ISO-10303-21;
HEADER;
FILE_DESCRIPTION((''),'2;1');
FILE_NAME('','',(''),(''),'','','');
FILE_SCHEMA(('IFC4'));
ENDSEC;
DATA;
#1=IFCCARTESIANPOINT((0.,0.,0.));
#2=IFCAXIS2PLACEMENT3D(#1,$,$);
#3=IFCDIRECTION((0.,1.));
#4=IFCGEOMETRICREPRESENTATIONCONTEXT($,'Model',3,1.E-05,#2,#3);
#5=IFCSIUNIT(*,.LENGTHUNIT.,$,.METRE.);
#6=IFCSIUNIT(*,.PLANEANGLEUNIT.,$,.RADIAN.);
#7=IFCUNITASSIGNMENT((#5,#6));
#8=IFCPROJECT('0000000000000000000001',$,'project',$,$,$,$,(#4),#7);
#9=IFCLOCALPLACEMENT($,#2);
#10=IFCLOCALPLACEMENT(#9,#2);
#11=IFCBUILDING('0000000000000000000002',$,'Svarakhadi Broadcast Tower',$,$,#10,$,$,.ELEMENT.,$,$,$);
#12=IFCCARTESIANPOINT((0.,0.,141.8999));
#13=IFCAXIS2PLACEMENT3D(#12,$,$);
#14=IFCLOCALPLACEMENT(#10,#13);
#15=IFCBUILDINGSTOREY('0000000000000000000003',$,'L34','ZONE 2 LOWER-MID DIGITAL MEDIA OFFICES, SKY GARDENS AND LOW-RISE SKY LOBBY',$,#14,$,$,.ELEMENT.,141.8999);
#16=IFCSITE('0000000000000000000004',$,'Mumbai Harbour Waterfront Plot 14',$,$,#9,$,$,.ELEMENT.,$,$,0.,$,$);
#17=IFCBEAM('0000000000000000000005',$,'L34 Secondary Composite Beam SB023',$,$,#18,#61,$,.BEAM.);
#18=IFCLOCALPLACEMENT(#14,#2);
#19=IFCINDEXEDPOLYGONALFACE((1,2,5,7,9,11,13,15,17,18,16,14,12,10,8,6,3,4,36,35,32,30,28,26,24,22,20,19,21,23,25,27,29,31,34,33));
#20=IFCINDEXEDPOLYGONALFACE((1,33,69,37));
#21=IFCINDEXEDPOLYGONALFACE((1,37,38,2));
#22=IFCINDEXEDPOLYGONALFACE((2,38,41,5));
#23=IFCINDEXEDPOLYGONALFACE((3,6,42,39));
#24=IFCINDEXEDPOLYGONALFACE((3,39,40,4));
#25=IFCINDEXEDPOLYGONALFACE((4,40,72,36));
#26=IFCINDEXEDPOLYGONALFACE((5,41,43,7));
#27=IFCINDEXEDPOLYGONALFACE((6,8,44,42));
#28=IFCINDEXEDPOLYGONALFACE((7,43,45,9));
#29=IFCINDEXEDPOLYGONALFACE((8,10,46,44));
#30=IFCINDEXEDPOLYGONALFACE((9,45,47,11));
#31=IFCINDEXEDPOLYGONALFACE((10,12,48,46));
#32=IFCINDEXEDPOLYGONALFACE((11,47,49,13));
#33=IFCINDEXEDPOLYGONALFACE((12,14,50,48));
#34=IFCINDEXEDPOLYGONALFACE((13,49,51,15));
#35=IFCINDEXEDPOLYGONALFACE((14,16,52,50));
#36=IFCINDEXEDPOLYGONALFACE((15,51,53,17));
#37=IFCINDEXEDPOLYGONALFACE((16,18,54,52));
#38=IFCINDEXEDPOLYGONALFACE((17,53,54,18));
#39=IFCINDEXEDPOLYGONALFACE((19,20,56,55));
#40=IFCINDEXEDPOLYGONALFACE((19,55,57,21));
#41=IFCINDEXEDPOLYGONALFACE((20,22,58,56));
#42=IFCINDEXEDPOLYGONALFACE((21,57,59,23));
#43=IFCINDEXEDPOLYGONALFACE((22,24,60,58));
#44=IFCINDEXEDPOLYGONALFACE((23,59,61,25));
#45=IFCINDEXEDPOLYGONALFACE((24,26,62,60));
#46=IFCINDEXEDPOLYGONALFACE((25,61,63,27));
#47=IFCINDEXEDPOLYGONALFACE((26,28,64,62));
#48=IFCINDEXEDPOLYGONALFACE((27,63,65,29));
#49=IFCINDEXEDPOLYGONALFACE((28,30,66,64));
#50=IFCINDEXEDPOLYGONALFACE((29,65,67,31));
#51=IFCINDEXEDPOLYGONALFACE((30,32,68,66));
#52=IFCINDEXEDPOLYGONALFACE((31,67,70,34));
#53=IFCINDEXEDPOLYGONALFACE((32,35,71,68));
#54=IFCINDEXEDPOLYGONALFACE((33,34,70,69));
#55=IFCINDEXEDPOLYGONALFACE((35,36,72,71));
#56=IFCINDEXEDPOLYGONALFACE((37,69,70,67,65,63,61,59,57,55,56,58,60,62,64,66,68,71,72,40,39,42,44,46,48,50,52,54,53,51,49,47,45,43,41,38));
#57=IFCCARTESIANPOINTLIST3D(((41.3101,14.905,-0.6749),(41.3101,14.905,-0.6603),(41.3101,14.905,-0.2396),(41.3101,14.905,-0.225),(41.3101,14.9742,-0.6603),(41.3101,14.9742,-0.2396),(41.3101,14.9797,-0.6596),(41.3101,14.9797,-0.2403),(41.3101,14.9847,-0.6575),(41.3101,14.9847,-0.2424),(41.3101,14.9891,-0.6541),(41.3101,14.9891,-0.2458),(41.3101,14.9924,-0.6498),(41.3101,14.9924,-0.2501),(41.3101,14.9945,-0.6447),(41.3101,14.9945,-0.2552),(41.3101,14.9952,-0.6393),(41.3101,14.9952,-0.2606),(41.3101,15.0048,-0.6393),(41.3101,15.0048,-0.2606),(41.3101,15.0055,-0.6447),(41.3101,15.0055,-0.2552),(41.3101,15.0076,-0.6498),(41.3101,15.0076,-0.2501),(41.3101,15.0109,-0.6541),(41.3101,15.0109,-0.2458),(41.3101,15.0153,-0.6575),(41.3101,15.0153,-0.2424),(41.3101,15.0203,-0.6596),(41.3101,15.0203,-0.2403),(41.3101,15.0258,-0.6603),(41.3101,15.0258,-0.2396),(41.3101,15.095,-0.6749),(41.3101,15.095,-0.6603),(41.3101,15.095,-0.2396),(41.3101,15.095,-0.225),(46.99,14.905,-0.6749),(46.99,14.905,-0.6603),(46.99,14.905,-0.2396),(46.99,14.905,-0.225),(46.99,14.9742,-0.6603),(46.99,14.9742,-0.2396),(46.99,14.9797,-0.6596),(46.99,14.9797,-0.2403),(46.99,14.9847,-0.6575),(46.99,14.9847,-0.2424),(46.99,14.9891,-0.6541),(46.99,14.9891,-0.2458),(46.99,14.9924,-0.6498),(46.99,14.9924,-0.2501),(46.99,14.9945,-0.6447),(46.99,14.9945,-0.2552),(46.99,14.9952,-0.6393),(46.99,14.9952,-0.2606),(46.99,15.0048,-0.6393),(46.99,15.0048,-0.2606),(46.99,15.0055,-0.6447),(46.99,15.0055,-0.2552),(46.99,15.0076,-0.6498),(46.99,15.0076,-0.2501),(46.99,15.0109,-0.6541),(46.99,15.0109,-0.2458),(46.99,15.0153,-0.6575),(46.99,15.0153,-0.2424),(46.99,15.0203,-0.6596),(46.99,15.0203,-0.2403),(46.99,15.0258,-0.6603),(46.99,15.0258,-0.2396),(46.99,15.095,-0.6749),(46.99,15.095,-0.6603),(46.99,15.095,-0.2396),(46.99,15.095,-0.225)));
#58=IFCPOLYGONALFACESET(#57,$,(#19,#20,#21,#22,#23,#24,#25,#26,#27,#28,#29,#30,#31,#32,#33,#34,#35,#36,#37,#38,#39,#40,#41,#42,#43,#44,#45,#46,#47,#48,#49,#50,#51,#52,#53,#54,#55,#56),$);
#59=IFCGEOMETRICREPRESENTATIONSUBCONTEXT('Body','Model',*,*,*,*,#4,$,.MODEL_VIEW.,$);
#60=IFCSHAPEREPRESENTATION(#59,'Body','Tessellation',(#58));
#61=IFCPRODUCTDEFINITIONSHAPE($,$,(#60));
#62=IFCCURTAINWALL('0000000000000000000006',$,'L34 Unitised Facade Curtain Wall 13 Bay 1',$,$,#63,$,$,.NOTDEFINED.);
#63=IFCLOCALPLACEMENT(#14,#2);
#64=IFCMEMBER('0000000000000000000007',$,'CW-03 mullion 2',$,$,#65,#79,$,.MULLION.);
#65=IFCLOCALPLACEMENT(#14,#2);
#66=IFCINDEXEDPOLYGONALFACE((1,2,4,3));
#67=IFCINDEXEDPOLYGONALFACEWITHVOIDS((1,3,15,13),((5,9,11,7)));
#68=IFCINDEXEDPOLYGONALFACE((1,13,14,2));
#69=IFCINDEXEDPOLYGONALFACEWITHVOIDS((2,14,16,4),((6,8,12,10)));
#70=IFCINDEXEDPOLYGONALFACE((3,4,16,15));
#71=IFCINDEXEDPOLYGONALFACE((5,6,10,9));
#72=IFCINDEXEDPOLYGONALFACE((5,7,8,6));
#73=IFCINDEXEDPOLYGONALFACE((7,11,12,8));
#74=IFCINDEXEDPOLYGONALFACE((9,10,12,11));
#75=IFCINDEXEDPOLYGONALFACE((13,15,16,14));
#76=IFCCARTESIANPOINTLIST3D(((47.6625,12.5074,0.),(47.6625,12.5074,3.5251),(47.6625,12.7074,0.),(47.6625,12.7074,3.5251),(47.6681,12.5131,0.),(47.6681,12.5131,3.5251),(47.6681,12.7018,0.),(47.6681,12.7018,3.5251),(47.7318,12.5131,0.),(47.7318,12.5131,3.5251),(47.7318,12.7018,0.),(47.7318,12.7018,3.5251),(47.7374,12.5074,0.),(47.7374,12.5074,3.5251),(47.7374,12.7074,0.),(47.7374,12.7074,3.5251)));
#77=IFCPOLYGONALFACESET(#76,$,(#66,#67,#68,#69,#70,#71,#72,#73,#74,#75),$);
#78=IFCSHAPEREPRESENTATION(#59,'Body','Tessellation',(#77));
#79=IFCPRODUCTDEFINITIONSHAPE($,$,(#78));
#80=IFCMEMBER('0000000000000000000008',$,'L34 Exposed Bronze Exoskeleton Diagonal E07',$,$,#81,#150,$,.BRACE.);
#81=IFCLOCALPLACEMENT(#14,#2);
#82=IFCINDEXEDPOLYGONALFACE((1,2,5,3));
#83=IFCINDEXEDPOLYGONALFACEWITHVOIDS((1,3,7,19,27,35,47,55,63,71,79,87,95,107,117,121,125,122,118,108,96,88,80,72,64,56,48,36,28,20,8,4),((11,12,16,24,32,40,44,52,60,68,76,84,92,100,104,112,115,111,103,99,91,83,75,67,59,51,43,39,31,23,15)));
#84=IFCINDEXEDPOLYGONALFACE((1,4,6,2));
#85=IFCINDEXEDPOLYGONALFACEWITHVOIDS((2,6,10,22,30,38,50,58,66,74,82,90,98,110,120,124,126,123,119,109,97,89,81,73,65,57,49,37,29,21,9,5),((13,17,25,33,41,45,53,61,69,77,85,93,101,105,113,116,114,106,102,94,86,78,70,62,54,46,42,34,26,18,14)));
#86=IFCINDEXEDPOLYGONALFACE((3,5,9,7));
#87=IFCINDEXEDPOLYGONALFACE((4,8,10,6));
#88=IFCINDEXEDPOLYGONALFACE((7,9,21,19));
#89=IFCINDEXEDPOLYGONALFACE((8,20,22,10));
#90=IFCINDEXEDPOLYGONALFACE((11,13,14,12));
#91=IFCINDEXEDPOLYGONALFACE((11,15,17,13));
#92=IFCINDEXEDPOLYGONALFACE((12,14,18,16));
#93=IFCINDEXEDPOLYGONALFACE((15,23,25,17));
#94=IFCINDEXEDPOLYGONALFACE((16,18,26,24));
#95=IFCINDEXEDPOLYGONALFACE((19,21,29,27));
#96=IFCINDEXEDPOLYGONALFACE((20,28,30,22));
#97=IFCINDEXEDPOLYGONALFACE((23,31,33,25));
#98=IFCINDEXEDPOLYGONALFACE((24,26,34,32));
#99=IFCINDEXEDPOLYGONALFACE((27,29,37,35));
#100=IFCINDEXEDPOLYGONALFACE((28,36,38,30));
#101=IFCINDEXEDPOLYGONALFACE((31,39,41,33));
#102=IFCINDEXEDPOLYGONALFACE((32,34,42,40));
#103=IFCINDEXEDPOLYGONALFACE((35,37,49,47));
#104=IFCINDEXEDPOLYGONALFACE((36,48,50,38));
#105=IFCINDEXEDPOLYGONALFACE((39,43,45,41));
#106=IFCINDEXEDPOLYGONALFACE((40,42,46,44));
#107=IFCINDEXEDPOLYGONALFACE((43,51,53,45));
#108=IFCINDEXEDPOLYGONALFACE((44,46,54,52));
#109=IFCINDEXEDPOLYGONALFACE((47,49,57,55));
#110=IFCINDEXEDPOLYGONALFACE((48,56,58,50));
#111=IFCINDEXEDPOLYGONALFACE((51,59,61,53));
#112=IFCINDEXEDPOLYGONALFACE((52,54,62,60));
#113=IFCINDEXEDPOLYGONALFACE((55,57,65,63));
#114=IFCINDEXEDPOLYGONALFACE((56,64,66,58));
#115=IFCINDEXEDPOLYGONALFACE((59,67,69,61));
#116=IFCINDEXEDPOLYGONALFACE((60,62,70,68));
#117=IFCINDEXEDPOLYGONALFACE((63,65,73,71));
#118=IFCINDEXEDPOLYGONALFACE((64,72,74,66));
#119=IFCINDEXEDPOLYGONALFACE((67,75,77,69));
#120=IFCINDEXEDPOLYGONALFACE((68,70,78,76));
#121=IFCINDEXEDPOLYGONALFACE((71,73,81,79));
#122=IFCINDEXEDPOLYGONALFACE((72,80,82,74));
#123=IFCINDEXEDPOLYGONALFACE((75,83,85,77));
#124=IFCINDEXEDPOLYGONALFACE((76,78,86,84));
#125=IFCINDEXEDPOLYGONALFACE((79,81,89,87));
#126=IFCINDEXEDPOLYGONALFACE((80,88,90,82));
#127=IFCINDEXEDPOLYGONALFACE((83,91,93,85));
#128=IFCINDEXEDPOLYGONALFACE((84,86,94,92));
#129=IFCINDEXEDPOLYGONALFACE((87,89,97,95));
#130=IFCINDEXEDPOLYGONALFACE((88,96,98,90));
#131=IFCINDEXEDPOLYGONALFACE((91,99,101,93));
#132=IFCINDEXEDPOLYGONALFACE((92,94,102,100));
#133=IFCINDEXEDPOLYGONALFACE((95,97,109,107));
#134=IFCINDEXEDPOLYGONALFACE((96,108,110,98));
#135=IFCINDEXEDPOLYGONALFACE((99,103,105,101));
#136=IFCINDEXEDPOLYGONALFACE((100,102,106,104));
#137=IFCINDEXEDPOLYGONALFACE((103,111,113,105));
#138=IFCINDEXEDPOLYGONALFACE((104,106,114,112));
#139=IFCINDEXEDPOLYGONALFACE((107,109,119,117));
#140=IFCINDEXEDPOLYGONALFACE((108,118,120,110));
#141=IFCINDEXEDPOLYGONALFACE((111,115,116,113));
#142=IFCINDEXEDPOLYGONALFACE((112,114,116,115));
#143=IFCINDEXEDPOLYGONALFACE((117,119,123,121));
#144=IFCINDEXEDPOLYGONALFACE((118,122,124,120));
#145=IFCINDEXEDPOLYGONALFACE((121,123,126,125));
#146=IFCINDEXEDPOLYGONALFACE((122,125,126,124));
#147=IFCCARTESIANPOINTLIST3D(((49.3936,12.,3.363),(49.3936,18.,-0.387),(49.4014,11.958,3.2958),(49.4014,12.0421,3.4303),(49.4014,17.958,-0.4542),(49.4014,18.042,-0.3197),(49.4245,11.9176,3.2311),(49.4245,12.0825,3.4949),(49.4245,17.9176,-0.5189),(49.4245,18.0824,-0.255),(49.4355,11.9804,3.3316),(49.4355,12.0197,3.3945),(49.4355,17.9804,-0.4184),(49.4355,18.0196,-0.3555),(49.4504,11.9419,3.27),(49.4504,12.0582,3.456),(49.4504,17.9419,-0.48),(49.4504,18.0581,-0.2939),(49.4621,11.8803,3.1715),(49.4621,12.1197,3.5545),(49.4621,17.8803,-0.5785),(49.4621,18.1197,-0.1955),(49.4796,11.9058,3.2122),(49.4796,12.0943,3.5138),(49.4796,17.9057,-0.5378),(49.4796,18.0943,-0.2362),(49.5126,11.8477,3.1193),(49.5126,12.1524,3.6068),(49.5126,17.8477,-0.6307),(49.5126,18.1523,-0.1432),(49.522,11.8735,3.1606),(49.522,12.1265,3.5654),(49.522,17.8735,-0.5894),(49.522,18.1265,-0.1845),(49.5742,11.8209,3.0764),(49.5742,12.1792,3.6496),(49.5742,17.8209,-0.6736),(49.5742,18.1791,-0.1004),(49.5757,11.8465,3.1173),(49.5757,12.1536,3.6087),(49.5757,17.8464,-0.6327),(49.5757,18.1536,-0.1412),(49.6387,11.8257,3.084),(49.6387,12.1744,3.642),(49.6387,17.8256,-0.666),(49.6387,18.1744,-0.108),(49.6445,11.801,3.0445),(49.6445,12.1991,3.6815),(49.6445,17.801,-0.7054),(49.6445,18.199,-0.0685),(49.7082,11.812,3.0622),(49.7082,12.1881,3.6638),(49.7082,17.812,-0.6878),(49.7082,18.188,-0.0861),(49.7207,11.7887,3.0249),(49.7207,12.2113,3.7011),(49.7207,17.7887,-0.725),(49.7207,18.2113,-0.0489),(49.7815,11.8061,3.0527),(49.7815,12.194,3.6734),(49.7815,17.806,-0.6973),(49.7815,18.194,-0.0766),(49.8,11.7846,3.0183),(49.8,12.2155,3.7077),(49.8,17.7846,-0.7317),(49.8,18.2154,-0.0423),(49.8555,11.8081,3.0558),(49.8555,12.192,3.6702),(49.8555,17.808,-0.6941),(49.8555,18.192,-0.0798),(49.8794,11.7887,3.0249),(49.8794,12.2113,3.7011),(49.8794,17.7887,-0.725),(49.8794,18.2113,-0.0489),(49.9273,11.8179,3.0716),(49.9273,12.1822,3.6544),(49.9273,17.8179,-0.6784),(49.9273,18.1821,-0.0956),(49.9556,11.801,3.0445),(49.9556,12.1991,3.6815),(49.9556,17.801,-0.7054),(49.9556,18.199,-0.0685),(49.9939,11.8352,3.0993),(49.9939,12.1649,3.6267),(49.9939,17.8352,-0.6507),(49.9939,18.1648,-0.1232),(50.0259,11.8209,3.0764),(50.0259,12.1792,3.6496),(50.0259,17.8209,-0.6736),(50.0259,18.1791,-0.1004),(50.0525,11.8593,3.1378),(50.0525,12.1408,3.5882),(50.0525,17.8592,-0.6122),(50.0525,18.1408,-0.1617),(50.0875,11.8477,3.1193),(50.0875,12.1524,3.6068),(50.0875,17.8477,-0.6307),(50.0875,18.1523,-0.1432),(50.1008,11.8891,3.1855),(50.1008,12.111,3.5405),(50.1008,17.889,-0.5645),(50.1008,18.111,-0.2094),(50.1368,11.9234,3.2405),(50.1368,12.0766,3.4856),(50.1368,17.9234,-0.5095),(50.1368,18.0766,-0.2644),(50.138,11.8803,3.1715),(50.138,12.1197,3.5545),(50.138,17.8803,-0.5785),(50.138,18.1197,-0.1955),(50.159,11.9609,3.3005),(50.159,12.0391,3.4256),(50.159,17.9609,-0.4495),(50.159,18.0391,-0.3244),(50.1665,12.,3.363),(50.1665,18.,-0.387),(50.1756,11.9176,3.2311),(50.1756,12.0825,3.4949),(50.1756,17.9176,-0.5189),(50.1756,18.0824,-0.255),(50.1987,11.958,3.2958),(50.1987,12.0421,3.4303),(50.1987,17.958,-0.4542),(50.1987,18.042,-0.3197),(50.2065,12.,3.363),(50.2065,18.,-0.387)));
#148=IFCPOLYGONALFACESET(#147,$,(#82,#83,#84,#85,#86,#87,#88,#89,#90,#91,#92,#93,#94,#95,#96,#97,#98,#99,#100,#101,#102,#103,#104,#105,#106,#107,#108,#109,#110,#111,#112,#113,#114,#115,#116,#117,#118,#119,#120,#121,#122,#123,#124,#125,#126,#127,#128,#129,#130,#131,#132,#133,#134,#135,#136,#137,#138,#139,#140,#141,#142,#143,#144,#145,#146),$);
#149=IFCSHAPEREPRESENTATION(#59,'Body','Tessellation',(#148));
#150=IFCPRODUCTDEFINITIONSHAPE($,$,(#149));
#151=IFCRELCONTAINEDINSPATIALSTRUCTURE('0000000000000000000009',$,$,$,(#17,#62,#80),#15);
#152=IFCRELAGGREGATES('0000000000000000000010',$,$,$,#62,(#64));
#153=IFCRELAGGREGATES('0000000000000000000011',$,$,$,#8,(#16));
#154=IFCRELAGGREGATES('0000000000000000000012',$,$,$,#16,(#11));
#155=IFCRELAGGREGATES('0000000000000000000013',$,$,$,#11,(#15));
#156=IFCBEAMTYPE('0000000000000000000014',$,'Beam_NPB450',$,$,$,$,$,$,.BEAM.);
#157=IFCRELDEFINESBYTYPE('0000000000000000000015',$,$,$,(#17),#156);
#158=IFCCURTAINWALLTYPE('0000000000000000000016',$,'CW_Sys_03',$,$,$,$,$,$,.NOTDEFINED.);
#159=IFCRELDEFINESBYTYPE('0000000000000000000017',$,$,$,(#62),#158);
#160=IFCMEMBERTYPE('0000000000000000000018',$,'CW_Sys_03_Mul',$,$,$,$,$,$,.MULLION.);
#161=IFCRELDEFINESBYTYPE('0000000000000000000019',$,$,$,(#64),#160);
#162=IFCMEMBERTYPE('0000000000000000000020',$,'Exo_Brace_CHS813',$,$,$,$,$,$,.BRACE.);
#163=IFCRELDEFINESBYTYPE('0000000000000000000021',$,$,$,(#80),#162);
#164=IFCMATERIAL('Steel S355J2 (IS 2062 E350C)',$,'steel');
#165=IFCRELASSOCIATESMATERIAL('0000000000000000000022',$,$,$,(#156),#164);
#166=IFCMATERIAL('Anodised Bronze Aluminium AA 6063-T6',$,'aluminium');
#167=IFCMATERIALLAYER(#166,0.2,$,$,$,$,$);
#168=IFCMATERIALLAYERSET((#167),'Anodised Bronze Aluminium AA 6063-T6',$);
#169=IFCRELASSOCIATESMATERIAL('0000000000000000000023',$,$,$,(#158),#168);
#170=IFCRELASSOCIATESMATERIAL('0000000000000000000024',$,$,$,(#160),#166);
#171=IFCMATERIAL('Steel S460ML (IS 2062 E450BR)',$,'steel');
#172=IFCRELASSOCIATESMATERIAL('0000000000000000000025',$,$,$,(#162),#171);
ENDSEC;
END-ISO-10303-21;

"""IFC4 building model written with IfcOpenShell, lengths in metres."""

from ifc_helpers import new_model, si_unit, direction, frame, origin, origin_2d, place, context, subcontext, project, spatial, hollow_rectangle, hollow_circle, i_section, extrude, material, layer, layer_set, material_profile, profile_set, type_object, element, aggregate, save


model = new_model("IFC4")

# Units and contexts
model_context = context("Model", 3, precision=1e-05, world=origin(), true_north=direction((0.0, 1.0)))
body_context = subcontext(model_context, "Body", "Model", "MODEL_VIEW")
ifc_project = project(units=[si_unit("LENGTHUNIT", "METRE"), si_unit("PLANEANGLEUNIT", "RADIAN")], contexts=[model_context])

# Site, building, storey
site_placement = place(None, origin())
site = spatial("IfcSite", under=ifc_project, at=site_placement, Name="Mumbai Harbour Waterfront Plot 14", CompositionType="ELEMENT", RefElevation=0.0)
building_placement = place(site_placement, origin())
building = spatial("IfcBuilding", under=site, at=building_placement, Name="Svarakhadi Broadcast Tower", CompositionType="ELEMENT")
storey_placement = place(building_placement, frame((0.0, 0.0, 141.8999)))
storey = spatial("IfcBuildingStorey", under=building, at=storey_placement, Name="L34", Description="ZONE 2 LOWER-MID DIGITAL MEDIA OFFICES, SKY GARDENS AND LOW-RISE SKY LOBBY", CompositionType="ELEMENT", Elevation=141.8999)

# Shared definitions
ifc_material_1 = material(Name="Steel S460ML (IS 2062 E450BR)", Category="steel")

# Beam
ifc_material_2 = material(Name="Steel S355J2 (IS 2062 E350C)", Category="steel")
ifc_material_profile_1 = material_profile(ifc_material_2, i_section(OverallWidth=0.1899, OverallDepth=0.45, WebThickness=0.0095, FlangeThickness=0.0146, FilletRadius=0.021, at=origin_2d()), Name="NPB 450x190x78")
ifc_profile_set_1 = profile_set([ifc_material_profile_1], Name="Steel S355J2 (IS 2062 E350C)")
beam_type_1 = type_object("IfcBeamType", Name="Beam_NPB450", PredefinedType="BEAM", material=ifc_profile_set_1)
for number, where, z_axis, x_axis, name in (
    (1, (41.3101, 15.0, -0.45), (1.0, 0.0, 0.0), (0.0, 1.0, 0.0), "L34 Secondary Composite Beam SB023"),
):
    element("IfcBeam", number, at=place(storey_placement, frame(where, z_axis=z_axis, x_axis=x_axis)), inside=storey, type_object=beam_type_1, Name=name, PredefinedType="BEAM", context=body_context, shape_type="SweptSolid", body=[
        extrude(i_section(OverallWidth=0.1899, OverallDepth=0.45, WebThickness=0.0095, FlangeThickness=0.0146, FilletRadius=0.021, at=origin_2d()), origin(), (0.0, 0.0, 1.0), 5.6799),
    ])

# Curtain wall, member
ifc_material_3 = material(Name="Anodised Bronze Aluminium AA 6063-T6", Category="aluminium")
ifc_layer_1 = layer(ifc_material_3, 0.2)
ifc_layer_set_1 = layer_set([ifc_layer_1], Name="Anodised Bronze Aluminium AA 6063-T6")
curtain_wall_type = type_object("IfcCurtainWallType", Name="CW_Sys_03", PredefinedType="NOTDEFINED", material=ifc_layer_set_1)
curtain_wall_placement = place(storey_placement, origin())
curtain_wall = element("IfcCurtainWall", 2, at=curtain_wall_placement, inside=storey, type_object=curtain_wall_type, Name="L34 Unitised Facade Curtain Wall 13 Bay 1", PredefinedType="NOTDEFINED")
ifc_material_profile_2 = material_profile(ifc_material_3, hollow_rectangle(XDim=0.075, YDim=0.2, WallThickness=0.0056, at=origin_2d()), Name="ALU MULLION 200x75x6")
ifc_profile_set_2 = profile_set([ifc_material_profile_2], Name="Anodised Bronze Aluminium AA 6063-T6")
member_type_1 = type_object("IfcMemberType", Name="CW_Sys_03_Mul", PredefinedType="MULLION", material=ifc_profile_set_2)
member_1_placement = place(storey_placement, frame((47.7, 12.6074, 0.0), z_axis=(0.0, 0.0, 1.0), x_axis=(1.0, 0.0, 0.0)))
member_1 = element("IfcMember", 3, at=member_1_placement, type_object=member_type_1, Name="CW-03 mullion 2", PredefinedType="MULLION", context=body_context, shape_type="SweptSolid", body=[
    extrude(hollow_rectangle(XDim=0.075, YDim=0.2, WallThickness=0.0056, at=origin_2d()), origin(), (0.0, 0.0, 1.0), 3.5251),
])

# Member
ifc_material_profile_3 = material_profile(ifc_material_1, hollow_circle(Radius=0.4065, WallThickness=0.04, at=origin_2d()), Name="CHS 813x40")
ifc_profile_set_3 = profile_set([ifc_material_profile_3], Name="Steel S460ML (IS 2062 E450BR)")
member_type_2 = type_object("IfcMemberType", Name="Exo_Brace_CHS813", PredefinedType="BRACE", material=ifc_profile_set_3)
member_2_placement = place(storey_placement, frame((49.8, 18.0, -0.387), z_axis=(0.0, -0.847998, 0.529999), x_axis=(1.0, 0.0, 0.0)))
element("IfcMember", 4, at=member_2_placement, inside=storey, type_object=member_type_2, Name="L34 Exposed Bronze Exoskeleton Diagonal E07", PredefinedType="BRACE", context=body_context, shape_type="SweptSolid", body=[
    extrude(hollow_circle(Radius=0.4065, WallThickness=0.04, at=origin_2d()), origin(), (0.0, 0.0, 1.0), 7.0754),
])

aggregate(curtain_wall, [member_1])

save(model, "model.ifc")
